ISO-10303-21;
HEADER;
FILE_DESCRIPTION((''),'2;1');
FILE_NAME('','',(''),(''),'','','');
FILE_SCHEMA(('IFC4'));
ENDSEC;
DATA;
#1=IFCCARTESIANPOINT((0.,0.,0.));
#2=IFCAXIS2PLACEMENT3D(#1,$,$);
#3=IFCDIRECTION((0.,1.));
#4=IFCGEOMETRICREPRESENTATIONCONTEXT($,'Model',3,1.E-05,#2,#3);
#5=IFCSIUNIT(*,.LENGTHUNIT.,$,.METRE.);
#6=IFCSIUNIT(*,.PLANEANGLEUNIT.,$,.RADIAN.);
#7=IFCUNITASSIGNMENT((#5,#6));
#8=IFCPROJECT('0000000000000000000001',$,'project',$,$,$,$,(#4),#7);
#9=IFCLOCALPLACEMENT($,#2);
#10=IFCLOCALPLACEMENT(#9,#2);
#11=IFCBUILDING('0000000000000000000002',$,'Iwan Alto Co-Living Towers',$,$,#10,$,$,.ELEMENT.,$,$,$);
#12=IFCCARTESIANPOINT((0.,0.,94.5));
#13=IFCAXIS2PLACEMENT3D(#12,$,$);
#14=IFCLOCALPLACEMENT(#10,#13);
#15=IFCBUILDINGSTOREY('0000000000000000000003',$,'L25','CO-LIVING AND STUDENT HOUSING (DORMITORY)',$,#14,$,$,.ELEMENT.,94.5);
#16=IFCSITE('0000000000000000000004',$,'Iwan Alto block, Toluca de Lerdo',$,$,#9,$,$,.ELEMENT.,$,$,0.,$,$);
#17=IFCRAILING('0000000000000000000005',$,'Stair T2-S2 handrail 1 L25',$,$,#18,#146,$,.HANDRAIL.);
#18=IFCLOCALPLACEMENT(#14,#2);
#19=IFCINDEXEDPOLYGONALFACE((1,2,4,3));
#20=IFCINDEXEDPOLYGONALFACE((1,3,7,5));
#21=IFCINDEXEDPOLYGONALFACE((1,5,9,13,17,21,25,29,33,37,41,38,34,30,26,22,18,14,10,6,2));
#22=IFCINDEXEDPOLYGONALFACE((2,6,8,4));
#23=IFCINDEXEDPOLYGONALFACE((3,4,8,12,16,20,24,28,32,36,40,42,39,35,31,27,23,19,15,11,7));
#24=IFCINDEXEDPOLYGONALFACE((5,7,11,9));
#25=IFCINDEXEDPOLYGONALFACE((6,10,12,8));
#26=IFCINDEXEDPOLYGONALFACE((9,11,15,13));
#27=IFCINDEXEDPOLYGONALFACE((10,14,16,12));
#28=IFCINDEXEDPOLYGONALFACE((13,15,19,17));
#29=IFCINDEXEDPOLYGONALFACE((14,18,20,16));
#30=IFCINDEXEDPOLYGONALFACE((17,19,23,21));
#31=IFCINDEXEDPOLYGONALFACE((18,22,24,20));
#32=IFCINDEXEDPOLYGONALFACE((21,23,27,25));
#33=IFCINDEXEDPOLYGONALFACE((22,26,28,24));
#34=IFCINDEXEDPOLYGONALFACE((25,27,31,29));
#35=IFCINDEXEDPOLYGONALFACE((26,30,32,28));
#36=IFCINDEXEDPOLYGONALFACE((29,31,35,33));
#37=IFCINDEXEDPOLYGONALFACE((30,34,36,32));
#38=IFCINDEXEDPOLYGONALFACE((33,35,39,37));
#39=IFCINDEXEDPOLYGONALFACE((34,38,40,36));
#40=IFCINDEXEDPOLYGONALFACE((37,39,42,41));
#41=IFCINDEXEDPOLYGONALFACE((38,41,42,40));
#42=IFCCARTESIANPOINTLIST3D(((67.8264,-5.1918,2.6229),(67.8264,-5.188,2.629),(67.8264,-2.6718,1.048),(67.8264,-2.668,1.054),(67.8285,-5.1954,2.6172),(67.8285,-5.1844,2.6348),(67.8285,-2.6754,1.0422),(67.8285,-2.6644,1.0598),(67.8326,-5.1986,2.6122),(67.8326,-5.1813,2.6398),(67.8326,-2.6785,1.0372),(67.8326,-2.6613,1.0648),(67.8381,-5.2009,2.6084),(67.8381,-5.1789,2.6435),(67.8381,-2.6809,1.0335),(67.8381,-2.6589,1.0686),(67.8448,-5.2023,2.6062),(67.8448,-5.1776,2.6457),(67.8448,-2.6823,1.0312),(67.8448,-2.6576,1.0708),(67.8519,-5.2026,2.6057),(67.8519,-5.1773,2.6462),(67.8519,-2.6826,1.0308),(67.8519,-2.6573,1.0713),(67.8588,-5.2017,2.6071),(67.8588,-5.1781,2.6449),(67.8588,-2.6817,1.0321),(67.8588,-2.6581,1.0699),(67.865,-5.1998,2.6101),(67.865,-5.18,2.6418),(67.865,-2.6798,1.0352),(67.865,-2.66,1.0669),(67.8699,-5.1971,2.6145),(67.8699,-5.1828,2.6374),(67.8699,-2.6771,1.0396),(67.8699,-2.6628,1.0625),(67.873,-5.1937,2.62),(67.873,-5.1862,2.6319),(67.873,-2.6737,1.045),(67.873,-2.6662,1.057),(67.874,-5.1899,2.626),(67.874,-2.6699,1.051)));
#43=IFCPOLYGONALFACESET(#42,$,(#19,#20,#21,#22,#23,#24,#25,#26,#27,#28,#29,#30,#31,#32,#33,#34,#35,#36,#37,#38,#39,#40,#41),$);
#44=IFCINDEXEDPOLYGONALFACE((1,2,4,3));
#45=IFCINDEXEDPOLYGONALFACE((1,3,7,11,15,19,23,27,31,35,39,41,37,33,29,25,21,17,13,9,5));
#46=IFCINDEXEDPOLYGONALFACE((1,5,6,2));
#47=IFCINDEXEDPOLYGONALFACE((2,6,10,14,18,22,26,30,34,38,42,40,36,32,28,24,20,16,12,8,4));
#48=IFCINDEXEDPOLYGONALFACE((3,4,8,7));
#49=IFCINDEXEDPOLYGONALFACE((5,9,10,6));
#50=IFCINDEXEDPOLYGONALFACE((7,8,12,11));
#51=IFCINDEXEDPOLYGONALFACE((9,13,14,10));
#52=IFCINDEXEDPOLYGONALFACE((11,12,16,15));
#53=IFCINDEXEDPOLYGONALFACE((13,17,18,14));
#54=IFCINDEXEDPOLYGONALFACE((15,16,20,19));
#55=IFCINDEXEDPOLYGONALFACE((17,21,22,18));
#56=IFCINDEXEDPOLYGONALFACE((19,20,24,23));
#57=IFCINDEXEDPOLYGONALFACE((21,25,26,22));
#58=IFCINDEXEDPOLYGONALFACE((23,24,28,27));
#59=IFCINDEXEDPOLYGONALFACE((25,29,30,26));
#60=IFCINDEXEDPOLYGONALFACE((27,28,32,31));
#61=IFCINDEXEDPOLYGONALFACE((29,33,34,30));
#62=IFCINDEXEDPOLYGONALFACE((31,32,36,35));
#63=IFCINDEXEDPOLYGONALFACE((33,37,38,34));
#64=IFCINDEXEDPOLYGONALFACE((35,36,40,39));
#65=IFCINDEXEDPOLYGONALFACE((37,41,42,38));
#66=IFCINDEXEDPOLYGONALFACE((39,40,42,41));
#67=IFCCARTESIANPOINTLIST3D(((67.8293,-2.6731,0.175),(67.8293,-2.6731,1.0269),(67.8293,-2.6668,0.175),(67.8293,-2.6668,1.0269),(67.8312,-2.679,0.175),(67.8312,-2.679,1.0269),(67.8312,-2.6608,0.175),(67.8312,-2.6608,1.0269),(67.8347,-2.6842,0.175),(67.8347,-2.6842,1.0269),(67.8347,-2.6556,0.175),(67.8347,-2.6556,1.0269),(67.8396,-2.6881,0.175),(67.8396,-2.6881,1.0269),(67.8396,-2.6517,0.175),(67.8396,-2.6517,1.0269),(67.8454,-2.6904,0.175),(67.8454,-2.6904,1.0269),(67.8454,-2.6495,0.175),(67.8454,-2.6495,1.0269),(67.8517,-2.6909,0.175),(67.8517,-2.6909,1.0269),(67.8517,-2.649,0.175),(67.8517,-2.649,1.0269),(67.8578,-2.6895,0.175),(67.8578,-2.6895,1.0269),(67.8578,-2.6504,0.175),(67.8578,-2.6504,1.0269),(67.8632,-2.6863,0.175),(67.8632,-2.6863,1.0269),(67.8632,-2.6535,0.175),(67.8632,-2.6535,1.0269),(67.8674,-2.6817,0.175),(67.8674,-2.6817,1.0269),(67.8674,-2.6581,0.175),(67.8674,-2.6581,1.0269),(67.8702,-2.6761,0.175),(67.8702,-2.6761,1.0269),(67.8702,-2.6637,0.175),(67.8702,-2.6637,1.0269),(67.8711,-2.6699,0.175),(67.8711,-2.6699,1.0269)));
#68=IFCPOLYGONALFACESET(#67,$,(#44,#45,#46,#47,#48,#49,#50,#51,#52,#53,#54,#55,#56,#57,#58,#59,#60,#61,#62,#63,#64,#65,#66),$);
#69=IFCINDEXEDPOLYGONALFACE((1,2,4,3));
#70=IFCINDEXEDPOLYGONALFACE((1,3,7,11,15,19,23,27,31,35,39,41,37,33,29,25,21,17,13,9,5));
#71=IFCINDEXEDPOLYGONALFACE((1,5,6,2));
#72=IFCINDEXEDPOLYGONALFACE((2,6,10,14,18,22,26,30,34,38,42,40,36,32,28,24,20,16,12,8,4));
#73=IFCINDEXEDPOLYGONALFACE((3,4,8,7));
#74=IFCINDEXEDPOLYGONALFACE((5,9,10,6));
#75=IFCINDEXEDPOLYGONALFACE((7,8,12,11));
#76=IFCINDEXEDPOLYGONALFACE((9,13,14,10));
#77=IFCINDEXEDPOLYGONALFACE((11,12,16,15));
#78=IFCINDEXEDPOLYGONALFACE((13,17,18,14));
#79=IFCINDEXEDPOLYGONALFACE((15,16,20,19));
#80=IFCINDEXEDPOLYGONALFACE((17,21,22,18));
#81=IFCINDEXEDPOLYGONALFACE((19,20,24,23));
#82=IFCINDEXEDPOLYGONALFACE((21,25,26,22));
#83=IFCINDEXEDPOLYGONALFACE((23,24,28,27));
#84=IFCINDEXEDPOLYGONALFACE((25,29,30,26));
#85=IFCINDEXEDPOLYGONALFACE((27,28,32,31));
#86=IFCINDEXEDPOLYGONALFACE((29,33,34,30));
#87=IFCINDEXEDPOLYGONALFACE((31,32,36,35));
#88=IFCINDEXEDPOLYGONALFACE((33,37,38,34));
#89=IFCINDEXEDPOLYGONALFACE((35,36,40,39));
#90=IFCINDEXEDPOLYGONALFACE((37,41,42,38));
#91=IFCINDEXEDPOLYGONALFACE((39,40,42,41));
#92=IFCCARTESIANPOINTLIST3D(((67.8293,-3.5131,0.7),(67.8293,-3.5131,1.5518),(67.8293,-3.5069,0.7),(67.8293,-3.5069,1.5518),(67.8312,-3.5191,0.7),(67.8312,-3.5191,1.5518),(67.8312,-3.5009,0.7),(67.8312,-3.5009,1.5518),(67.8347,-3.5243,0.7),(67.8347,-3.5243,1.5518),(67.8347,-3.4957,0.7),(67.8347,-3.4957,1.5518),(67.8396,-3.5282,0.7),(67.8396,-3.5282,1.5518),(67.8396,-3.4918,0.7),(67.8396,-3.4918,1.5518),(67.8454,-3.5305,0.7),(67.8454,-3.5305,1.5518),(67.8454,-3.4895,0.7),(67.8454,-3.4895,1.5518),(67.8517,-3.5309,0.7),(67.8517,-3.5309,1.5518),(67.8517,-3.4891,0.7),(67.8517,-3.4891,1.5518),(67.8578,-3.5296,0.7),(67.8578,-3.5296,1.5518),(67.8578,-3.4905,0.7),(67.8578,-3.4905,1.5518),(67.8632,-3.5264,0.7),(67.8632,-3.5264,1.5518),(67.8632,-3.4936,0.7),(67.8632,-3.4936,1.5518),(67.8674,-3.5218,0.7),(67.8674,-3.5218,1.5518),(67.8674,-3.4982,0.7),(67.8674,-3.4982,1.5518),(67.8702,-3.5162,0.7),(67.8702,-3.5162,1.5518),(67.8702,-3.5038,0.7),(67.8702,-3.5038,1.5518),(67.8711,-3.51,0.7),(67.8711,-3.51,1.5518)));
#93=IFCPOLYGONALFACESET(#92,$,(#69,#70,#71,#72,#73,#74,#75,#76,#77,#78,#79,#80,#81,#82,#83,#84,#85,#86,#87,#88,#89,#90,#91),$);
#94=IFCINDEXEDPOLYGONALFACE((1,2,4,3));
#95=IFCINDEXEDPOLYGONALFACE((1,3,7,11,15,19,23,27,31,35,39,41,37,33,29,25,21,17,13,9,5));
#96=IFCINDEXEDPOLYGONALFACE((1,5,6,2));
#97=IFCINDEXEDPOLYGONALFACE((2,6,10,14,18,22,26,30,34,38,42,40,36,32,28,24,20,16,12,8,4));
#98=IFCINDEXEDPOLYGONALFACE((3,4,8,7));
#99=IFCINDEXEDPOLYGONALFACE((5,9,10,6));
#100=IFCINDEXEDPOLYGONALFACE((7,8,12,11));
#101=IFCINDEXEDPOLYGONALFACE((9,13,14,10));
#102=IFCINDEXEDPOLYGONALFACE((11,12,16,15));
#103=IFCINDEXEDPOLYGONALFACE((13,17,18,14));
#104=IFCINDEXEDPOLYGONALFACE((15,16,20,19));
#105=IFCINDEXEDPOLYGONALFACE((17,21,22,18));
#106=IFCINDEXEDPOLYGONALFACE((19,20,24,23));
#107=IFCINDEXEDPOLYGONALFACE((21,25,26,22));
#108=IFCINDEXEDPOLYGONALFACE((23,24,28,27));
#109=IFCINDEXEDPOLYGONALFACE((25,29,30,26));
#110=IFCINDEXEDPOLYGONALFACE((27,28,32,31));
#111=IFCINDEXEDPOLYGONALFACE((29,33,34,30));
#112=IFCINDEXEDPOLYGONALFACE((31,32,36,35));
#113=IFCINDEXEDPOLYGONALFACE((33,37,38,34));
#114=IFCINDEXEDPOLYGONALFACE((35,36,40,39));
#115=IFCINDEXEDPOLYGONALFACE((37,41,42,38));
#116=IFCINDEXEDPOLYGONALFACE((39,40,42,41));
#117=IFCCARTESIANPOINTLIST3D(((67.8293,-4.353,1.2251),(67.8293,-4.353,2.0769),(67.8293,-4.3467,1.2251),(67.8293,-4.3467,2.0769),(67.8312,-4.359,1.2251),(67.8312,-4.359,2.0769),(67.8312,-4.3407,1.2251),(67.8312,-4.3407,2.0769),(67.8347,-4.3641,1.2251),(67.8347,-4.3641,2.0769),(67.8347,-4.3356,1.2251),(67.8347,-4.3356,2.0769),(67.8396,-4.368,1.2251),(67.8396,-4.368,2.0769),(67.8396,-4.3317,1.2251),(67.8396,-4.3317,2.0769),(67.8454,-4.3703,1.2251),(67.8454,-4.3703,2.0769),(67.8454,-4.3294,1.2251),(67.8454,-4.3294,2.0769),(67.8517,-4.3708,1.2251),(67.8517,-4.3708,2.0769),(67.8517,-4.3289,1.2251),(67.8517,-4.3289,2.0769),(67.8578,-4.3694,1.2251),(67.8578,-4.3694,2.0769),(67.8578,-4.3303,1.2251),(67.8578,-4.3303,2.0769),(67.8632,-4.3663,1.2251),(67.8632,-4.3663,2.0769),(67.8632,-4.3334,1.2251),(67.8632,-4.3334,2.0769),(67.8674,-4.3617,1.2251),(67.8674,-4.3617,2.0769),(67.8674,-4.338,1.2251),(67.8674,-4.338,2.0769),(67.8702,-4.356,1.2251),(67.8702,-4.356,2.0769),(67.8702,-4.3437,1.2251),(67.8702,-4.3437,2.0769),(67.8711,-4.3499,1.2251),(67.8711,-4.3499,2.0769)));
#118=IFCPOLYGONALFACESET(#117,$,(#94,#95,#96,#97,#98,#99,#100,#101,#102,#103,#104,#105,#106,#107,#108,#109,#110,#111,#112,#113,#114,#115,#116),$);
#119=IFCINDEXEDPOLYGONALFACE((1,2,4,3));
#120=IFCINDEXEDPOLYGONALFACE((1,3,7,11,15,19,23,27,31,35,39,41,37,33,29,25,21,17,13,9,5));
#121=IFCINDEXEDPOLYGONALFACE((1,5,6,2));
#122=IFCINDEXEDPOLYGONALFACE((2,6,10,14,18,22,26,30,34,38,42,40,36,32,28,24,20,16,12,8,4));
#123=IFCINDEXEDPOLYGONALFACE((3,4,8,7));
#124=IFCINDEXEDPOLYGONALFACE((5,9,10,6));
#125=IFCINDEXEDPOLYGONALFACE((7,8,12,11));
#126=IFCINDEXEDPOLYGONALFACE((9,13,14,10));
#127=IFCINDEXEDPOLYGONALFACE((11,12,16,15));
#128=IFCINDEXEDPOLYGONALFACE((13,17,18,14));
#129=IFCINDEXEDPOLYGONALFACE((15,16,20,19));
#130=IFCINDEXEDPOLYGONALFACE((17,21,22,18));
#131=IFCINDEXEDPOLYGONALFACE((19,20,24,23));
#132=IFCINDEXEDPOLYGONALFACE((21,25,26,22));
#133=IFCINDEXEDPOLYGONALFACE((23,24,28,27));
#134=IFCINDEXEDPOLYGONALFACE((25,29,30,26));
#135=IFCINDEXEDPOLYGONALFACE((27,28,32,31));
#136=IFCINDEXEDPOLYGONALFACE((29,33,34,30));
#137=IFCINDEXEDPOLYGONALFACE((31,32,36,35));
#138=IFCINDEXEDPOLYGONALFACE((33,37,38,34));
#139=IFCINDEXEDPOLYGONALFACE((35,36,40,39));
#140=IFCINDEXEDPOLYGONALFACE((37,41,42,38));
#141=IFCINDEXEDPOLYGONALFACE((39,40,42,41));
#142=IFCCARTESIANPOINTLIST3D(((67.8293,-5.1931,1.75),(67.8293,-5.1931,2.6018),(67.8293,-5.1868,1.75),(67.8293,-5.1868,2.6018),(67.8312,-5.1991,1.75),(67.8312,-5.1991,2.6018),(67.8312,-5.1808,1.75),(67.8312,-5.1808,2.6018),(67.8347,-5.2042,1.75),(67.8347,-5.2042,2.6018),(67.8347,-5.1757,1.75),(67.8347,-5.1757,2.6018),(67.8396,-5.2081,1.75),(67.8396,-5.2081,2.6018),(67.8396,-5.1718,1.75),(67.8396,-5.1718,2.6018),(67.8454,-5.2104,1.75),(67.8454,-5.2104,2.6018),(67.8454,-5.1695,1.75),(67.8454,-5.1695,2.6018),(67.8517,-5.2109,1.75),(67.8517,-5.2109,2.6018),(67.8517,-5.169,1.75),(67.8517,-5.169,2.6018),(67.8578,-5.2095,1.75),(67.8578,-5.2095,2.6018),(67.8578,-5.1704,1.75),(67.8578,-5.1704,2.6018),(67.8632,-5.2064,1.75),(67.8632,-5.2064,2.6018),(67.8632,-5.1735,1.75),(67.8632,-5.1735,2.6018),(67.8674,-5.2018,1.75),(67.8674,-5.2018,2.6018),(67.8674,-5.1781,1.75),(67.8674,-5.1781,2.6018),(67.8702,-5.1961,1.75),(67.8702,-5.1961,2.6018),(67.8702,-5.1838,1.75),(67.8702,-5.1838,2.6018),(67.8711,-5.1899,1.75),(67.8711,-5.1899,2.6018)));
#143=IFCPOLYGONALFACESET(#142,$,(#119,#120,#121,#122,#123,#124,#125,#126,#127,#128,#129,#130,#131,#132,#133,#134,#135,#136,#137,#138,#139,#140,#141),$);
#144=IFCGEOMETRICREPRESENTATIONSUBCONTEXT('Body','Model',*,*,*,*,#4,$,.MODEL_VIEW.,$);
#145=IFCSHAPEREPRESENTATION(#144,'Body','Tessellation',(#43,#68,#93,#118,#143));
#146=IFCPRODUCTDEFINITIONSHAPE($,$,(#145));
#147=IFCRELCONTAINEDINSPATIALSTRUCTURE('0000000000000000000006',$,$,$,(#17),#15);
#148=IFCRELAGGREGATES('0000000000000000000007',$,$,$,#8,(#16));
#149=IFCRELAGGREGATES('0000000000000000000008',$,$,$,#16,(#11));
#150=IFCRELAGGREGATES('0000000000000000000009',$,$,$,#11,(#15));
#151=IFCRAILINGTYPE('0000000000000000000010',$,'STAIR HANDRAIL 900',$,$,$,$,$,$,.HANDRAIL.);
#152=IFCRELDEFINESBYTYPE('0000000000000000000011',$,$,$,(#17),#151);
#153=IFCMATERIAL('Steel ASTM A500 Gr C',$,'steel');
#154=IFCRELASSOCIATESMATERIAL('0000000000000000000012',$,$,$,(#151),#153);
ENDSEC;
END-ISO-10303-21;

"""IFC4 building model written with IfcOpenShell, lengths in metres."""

from ifc_helpers import new_model, si_unit, direction, frame, origin, origin_2d, place, context, subcontext, project, spatial, circle, extrude, material, type_object, element, save


model = new_model("IFC4")

# Units and contexts
model_context = context("Model", 3, precision=1e-05, world=origin(), true_north=direction((0.0, 1.0)))
body_context = subcontext(model_context, "Body", "Model", "MODEL_VIEW")
ifc_project = project(units=[si_unit("LENGTHUNIT", "METRE"), si_unit("PLANEANGLEUNIT", "RADIAN")], contexts=[model_context])

# Site, building, storey
site_placement = place(None, origin())
site = spatial("IfcSite", under=ifc_project, at=site_placement, Name="Iwan Alto block, Toluca de Lerdo", CompositionType="ELEMENT", RefElevation=0.0)
building_placement = place(site_placement, origin())
building = spatial("IfcBuilding", under=site, at=building_placement, Name="Iwan Alto Co-Living Towers", CompositionType="ELEMENT")
storey_placement = place(building_placement, frame((0.0, 0.0, 94.5)))
storey = spatial("IfcBuildingStorey", under=building, at=storey_placement, Name="L25", Description="CO-LIVING AND STUDENT HOUSING (DORMITORY)", CompositionType="ELEMENT", Elevation=94.5)

# Railing
ifc_material_1 = material(Name="Steel ASTM A500 Gr C", Category="steel")
railing_type_1 = type_object("IfcRailingType", Name="STAIR HANDRAIL 900", PredefinedType="HANDRAIL", material=ifc_material_1)
railing_1_placement = place(storey_placement, frame((67.8501, -2.6699, 0.175)))
element("IfcRailing", 1, at=railing_1_placement, inside=storey, type_object=railing_type_1, Name="Stair T2-S2 handrail 1 L25", PredefinedType="HANDRAIL", context=body_context, shape_type="SweptSolid", body=[
    extrude(circle(Radius=0.0239, at=origin_2d()), frame((0.0, 0.0, 0.876), z_axis=(0.0, -0.848008, 0.529984), x_axis=(1.0, 0.0, 0.0)), (0.0, 0.0, 1.0), 2.9717),
    extrude(circle(Radius=0.021, at=origin_2d()), origin(), (0.0, 0.0, 1.0), 0.8518),
    extrude(circle(Radius=0.021, at=origin_2d()), frame((0.0, -0.8401, 0.5249)), (0.0, 0.0, 1.0), 0.8518),
    extrude(circle(Radius=0.021, at=origin_2d()), frame((0.0, -1.6799, 1.05)), (0.0, 0.0, 1.0), 0.8518),
    extrude(circle(Radius=0.021, at=origin_2d()), frame((0.0, -2.52, 1.575)), (0.0, 0.0, 1.0), 0.8518),
])

save(model, "model.ifc")
